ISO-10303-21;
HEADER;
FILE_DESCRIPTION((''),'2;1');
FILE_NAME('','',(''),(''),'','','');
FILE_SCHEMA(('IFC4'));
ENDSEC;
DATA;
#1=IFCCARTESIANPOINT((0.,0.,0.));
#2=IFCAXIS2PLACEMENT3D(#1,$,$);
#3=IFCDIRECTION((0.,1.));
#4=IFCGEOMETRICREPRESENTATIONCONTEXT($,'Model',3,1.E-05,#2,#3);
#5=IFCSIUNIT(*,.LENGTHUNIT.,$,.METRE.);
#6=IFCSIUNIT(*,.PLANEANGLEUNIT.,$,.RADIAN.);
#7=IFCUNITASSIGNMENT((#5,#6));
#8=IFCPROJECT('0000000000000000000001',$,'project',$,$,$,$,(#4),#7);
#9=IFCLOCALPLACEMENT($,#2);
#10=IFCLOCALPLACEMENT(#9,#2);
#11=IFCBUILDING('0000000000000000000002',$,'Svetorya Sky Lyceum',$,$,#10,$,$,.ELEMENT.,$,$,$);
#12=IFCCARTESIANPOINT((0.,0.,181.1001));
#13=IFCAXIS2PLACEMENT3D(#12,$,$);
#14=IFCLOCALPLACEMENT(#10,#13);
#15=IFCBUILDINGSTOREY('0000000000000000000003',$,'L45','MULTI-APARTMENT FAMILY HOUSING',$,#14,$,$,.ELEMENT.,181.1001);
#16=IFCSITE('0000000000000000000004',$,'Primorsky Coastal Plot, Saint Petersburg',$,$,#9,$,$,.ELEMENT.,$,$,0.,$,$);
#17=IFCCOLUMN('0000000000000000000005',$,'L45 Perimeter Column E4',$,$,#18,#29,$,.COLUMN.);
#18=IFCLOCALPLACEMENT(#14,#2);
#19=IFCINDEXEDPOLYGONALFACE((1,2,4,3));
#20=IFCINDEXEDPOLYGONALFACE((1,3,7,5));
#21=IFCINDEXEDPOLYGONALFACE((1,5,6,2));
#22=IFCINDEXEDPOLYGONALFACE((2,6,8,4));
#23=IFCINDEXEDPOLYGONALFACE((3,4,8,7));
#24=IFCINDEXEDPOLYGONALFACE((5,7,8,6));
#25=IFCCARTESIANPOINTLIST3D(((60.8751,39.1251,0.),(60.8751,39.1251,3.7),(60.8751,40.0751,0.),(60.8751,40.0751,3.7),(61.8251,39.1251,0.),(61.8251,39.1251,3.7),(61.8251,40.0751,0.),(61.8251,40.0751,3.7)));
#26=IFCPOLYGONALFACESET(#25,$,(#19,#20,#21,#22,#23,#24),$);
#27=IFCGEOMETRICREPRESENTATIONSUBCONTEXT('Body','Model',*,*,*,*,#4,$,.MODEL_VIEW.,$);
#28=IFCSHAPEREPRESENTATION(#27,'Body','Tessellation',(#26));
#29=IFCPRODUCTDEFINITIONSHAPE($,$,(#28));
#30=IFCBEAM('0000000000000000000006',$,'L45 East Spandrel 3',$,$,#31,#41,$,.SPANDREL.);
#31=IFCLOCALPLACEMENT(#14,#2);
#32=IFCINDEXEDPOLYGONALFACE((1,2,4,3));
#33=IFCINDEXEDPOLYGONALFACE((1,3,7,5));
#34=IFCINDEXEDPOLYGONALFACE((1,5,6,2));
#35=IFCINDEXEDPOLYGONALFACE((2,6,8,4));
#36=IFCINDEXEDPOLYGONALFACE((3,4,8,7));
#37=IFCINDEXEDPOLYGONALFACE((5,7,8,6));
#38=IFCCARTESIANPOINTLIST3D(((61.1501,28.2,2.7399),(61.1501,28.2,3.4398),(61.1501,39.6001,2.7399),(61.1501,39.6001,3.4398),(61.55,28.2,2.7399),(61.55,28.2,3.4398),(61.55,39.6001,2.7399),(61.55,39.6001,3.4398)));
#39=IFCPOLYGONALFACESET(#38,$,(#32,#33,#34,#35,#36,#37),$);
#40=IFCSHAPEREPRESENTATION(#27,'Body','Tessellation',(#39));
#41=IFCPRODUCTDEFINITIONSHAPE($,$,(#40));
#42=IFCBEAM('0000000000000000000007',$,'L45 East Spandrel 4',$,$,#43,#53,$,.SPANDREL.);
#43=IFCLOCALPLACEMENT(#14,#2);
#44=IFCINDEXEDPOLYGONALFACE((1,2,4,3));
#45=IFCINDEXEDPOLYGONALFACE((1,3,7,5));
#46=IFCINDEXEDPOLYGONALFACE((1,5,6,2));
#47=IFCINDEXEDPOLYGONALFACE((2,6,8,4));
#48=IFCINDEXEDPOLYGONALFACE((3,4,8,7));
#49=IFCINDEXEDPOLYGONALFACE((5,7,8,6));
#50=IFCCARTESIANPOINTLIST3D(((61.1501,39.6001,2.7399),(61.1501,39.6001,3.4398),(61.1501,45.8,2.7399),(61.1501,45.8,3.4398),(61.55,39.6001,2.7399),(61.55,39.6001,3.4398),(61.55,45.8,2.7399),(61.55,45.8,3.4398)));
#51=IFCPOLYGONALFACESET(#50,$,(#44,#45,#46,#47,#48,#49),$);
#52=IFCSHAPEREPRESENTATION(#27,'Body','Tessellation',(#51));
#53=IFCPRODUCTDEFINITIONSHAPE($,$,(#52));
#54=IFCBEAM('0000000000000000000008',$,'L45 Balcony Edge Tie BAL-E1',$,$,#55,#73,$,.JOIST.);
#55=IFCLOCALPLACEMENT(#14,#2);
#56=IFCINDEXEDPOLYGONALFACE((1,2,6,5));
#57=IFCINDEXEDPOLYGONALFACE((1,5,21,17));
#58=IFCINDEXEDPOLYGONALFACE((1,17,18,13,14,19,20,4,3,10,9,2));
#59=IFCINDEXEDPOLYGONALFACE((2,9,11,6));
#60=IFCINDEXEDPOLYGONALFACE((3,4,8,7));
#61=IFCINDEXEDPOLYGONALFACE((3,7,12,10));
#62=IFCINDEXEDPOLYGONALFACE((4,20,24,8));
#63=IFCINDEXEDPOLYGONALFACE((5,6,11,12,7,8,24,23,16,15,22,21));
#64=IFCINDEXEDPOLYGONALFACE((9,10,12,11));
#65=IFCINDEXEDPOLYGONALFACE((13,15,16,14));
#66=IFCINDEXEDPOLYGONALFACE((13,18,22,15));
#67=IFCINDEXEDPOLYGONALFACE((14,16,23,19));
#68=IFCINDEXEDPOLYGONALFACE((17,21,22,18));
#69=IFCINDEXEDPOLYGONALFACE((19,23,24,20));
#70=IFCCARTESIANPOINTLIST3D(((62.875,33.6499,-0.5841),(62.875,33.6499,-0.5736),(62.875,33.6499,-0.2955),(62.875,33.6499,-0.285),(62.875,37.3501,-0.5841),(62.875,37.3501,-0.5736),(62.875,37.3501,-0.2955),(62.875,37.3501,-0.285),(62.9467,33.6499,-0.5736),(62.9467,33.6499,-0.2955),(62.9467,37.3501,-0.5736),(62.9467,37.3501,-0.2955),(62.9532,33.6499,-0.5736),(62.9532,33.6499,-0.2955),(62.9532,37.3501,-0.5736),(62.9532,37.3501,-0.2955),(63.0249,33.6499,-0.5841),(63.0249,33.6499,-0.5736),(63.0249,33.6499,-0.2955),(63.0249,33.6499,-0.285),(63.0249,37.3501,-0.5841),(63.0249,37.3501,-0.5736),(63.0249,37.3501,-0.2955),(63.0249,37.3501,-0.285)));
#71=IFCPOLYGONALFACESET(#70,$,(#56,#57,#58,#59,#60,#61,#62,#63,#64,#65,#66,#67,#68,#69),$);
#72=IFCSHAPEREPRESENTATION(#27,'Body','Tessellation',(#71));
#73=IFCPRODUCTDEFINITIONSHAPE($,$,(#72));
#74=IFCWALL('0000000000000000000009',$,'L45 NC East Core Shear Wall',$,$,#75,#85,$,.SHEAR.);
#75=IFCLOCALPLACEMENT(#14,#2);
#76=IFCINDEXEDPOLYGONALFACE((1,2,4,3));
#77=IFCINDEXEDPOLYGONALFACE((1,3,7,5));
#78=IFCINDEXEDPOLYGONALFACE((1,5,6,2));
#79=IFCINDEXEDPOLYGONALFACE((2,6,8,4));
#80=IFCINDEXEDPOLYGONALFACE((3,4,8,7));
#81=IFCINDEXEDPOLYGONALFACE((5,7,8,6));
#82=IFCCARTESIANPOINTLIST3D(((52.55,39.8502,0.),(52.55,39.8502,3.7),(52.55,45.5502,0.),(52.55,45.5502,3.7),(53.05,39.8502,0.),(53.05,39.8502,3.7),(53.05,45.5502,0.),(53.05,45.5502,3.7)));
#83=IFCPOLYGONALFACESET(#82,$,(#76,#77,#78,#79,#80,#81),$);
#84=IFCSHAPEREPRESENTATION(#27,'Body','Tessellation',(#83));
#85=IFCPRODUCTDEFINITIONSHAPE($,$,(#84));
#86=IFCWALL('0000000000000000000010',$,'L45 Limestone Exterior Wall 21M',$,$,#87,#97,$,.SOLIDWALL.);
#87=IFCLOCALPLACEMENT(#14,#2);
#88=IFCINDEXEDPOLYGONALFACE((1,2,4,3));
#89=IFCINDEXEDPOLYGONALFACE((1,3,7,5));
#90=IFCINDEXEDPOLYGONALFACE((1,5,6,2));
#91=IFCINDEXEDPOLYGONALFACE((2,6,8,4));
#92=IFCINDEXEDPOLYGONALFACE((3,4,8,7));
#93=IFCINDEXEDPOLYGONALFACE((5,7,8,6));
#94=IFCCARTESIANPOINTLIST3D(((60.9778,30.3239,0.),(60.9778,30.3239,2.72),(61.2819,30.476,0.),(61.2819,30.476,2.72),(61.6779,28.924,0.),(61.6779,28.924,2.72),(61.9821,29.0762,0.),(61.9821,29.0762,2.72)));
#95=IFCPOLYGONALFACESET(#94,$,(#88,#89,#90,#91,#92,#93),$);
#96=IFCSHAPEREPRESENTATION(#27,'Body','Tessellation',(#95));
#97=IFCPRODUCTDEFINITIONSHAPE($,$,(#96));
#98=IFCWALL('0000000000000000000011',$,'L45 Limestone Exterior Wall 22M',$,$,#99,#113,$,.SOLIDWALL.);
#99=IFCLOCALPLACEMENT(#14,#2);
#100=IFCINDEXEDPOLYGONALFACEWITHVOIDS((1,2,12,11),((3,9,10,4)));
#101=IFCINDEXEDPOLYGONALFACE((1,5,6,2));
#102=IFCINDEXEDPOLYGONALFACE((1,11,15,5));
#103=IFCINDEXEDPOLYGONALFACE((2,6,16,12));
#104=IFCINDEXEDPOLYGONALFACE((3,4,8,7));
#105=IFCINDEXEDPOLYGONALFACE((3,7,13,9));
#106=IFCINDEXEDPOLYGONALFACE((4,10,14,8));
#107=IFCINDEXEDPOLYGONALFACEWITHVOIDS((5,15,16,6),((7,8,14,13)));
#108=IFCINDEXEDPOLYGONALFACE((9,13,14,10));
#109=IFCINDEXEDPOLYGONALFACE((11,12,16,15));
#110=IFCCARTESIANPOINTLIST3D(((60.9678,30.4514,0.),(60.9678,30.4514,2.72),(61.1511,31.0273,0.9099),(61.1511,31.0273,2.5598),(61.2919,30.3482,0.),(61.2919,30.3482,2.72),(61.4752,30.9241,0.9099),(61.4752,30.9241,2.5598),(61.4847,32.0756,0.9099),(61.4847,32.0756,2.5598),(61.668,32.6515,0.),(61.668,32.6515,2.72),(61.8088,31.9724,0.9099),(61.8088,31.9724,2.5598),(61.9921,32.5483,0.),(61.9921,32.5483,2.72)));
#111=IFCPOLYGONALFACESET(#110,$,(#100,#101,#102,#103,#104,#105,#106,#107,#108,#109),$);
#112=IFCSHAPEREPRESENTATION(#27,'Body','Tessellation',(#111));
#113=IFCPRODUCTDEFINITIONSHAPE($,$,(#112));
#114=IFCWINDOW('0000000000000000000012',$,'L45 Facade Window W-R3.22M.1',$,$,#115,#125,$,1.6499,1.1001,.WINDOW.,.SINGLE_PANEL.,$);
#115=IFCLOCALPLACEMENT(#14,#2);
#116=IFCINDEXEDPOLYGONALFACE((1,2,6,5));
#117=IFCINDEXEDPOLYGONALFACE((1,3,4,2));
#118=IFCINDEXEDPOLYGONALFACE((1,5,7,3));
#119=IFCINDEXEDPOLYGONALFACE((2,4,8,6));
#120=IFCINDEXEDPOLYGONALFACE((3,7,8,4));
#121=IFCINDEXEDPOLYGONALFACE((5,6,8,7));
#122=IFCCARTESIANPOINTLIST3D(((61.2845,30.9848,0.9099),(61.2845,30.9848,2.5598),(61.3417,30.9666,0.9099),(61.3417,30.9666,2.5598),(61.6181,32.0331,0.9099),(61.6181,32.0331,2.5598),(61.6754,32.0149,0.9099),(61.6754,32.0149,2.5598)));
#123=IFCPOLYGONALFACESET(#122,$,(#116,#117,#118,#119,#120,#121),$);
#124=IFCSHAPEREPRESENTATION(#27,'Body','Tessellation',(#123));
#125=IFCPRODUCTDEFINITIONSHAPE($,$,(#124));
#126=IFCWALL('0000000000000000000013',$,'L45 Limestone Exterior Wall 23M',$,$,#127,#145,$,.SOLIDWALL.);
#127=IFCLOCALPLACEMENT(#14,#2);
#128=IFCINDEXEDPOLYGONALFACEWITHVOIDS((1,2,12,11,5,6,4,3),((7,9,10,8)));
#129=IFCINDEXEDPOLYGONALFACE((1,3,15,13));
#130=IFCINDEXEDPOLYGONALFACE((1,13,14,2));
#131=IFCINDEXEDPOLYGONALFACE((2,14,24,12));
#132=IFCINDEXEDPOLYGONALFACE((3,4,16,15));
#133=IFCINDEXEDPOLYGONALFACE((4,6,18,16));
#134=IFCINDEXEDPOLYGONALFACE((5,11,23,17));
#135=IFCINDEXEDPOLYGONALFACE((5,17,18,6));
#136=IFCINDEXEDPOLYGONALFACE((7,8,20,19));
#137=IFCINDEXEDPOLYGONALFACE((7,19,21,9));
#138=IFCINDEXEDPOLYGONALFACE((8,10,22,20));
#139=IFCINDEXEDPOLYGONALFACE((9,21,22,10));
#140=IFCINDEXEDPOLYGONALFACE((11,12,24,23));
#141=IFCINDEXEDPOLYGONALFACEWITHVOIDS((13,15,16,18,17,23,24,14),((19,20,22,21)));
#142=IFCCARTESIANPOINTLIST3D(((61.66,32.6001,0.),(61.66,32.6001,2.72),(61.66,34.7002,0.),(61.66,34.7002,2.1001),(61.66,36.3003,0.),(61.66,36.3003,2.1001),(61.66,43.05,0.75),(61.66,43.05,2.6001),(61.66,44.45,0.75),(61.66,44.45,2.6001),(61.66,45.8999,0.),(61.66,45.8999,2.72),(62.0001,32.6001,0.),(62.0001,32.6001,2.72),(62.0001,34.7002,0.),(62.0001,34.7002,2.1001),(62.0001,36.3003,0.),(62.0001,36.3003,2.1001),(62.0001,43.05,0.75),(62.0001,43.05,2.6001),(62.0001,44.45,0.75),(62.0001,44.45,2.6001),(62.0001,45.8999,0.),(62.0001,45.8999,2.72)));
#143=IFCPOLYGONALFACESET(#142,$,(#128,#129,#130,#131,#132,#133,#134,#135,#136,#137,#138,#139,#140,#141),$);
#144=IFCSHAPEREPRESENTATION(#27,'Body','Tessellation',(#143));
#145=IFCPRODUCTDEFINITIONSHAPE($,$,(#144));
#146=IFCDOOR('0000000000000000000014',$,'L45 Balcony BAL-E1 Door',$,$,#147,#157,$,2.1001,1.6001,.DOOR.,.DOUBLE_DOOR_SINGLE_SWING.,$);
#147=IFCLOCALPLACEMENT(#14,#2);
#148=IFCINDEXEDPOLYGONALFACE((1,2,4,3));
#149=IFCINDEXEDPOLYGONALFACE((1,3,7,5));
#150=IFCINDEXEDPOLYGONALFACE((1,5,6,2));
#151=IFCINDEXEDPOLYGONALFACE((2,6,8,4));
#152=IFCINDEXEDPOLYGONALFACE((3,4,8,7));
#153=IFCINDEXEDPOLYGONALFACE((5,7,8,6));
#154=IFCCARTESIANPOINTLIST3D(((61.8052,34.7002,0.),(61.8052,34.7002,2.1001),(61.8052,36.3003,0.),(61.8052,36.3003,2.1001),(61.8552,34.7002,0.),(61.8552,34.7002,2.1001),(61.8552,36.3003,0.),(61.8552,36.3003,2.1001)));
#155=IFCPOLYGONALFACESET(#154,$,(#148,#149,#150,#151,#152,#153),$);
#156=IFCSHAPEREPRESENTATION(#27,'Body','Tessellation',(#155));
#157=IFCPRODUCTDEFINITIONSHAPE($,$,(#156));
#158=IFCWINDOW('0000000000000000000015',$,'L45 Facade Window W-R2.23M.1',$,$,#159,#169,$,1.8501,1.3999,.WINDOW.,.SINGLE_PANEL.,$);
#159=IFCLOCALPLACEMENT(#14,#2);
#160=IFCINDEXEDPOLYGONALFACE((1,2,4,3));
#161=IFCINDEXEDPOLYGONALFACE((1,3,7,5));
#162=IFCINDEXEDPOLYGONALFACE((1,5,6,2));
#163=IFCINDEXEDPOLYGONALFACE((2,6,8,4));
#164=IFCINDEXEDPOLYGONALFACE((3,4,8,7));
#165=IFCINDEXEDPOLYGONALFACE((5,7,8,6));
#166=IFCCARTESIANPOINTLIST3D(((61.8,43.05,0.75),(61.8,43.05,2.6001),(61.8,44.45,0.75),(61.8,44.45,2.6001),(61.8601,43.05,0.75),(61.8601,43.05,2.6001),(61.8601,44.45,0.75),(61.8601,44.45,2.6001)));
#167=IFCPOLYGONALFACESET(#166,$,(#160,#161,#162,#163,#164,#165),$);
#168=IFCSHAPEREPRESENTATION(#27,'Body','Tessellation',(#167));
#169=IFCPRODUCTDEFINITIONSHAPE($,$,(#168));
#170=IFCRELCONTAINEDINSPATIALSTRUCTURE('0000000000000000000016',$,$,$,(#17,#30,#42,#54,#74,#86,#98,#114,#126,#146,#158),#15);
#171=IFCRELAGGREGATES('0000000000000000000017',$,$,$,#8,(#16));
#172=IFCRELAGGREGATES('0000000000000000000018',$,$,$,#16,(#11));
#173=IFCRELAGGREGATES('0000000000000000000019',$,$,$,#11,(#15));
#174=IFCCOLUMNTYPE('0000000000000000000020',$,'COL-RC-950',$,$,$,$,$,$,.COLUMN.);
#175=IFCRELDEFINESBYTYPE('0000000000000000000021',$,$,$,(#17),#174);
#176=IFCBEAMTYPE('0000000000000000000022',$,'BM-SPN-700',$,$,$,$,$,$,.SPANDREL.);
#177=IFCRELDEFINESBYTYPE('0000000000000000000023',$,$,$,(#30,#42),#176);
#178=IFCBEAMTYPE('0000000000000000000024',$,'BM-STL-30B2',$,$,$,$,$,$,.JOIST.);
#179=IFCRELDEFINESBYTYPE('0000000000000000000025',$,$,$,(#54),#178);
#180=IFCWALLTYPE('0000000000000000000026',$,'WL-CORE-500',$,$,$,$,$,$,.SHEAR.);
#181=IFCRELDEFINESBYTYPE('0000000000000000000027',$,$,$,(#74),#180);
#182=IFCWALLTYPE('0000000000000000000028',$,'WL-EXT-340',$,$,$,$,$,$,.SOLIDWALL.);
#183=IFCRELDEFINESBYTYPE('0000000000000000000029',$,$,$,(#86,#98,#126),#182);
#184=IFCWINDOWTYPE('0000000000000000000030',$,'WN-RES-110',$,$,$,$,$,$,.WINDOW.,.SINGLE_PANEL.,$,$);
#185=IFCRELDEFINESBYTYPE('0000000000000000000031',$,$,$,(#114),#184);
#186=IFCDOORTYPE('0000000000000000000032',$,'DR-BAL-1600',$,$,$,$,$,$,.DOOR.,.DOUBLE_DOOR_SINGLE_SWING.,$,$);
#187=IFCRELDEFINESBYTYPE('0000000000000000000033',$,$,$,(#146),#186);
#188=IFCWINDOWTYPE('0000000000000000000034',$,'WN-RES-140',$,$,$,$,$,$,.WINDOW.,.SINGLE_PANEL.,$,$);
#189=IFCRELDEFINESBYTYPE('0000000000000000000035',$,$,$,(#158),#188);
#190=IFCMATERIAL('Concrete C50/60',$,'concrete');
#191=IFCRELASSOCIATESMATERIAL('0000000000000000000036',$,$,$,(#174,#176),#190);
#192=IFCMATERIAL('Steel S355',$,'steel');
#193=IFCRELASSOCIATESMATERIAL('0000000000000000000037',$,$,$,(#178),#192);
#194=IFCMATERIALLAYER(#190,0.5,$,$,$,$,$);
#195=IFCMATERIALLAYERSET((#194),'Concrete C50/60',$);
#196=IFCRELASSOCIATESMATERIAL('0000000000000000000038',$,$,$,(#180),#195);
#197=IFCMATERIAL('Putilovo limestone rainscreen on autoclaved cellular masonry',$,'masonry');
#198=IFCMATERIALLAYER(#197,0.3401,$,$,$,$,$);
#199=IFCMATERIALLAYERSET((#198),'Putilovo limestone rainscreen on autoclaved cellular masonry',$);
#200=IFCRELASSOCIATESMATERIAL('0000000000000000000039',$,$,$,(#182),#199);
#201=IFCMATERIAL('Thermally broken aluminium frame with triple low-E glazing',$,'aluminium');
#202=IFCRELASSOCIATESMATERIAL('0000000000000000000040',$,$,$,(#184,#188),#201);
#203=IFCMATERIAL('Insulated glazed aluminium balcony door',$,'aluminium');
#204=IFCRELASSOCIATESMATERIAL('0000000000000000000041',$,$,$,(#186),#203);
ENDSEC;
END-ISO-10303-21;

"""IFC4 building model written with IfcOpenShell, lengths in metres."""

from ifc_helpers import new_model, si_unit, direction, frame, frame_2d, origin, origin_2d, place, context, subcontext, project, spatial, rectangle, i_section, extrude, material, layer, layer_set, material_profile, profile_set, type_object, element, fill, save


model = new_model("IFC4")

# Units and contexts
model_context = context("Model", 3, precision=1e-05, world=origin(), true_north=direction((0.0, 1.0)))
body_context = subcontext(model_context, "Body", "Model", "MODEL_VIEW")
ifc_project = project(units=[si_unit("LENGTHUNIT", "METRE"), si_unit("PLANEANGLEUNIT", "RADIAN")], contexts=[model_context])

# Site, building, storey
site_placement = place(None, origin())
site = spatial("IfcSite", under=ifc_project, at=site_placement, Name="Primorsky Coastal Plot, Saint Petersburg", CompositionType="ELEMENT", RefElevation=0.0)
building_placement = place(site_placement, origin())
building = spatial("IfcBuilding", under=site, at=building_placement, Name="Svetorya Sky Lyceum", CompositionType="ELEMENT")
storey_placement = place(building_placement, frame((0.0, 0.0, 181.1001)))
storey = spatial("IfcBuildingStorey", under=building, at=storey_placement, Name="L45", Description="MULTI-APARTMENT FAMILY HOUSING", CompositionType="ELEMENT", Elevation=181.1001)

# Column
ifc_material_1 = material(Name="Concrete C50/60", Category="concrete")
ifc_material_profile_1 = material_profile(ifc_material_1, rectangle(XDim=0.95, YDim=0.95, at=origin_2d()), Name="RC COL 950x950")
ifc_profile_set_1 = profile_set([ifc_material_profile_1], Name="Concrete C50/60")
column_type = type_object("IfcColumnType", Name="COL-RC-950", PredefinedType="COLUMN", material=ifc_profile_set_1)
column_placement = place(storey_placement, frame((61.3501, 39.6001, 0.0), z_axis=(0.0, 0.0, 1.0), x_axis=(1.0, 0.0, 0.0)))
element("IfcColumn", 1, at=column_placement, inside=storey, type_object=column_type, Name="L45 Perimeter Column E4", PredefinedType="COLUMN", context=body_context, shape_type="SweptSolid", body=[
    extrude(rectangle(XDim=0.95, YDim=0.95, at=origin_2d()), origin(), (0.0, 0.0, 1.0), 3.7),
])

# Beams
ifc_material_profile_2 = material_profile(ifc_material_1, rectangle(XDim=0.3999, YDim=0.7, at=origin_2d()), Name="RC SPANDREL 400x700")
ifc_profile_set_2 = profile_set([ifc_material_profile_2], Name="Concrete C50/60")
beam_type_1 = type_object("IfcBeamType", Name="BM-SPN-700", PredefinedType="SPANDREL", material=ifc_profile_set_2)
beam_1_placement = place(storey_placement, frame((61.3501, 28.2, 3.0898), z_axis=(0.0, 1.0, 0.0), x_axis=(-1.0, 0.0, 0.0)))
element("IfcBeam", 2, at=beam_1_placement, inside=storey, type_object=beam_type_1, Name="L45 East Spandrel 3", PredefinedType="SPANDREL", context=body_context, shape_type="SweptSolid", body=[
    extrude(rectangle(XDim=0.3999, YDim=0.7, at=origin_2d()), origin(), (0.0, 0.0, 1.0), 11.4001),
])
beam_2_placement = place(storey_placement, frame((61.3501, 39.6001, 3.0898), z_axis=(0.0, 1.0, 0.0), x_axis=(-1.0, 0.0, 0.0)))
element("IfcBeam", 3, at=beam_2_placement, inside=storey, type_object=beam_type_1, Name="L45 East Spandrel 4", PredefinedType="SPANDREL", context=body_context, shape_type="SweptSolid", body=[
    extrude(rectangle(XDim=0.3999, YDim=0.7, at=origin_2d()), origin(), (0.0, 0.0, 1.0), 6.2),
])
ifc_material_2 = material(Name="Steel S355", Category="steel")
ifc_material_profile_3 = material_profile(ifc_material_2, i_section(OverallWidth=0.1499, OverallDepth=0.2991, WebThickness=0.0066, FlangeThickness=0.0105, at=origin_2d()), Name="GOST 30B2")
ifc_profile_set_3 = profile_set([ifc_material_profile_3], Name="Steel S355")
beam_type_2 = type_object("IfcBeamType", Name="BM-STL-30B2", PredefinedType="JOIST", material=ifc_profile_set_3)
beam_3_placement = place(storey_placement, frame((62.95, 33.6499, -0.4346), z_axis=(0.0, 1.0, 0.0), x_axis=(-1.0, 0.0, 0.0)))
element("IfcBeam", 4, at=beam_3_placement, inside=storey, type_object=beam_type_2, Name="L45 Balcony Edge Tie BAL-E1", PredefinedType="JOIST", context=body_context, shape_type="SweptSolid", body=[
    extrude(i_section(OverallWidth=0.1499, OverallDepth=0.2991, WebThickness=0.0066, FlangeThickness=0.0105, at=origin_2d()), origin(), (0.0, 0.0, 1.0), 3.7002),
])

# Walls
ifc_layer_1 = layer(ifc_material_1, 0.5)
ifc_layer_set_1 = layer_set([ifc_layer_1], Name="Concrete C50/60")
wall_type_1 = type_object("IfcWallType", Name="WL-CORE-500", PredefinedType="SHEAR", material=ifc_layer_set_1)
wall_1_placement = place(storey_placement, frame((52.8, 39.8501, 0.0), z_axis=(0.0, 0.0, 1.0), x_axis=(0.0, 1.0, 0.0)))
element("IfcWall", 5, at=wall_1_placement, inside=storey, type_object=wall_type_1, Name="L45 NC East Core Shear Wall", PredefinedType="SHEAR", context=body_context, shape_type="SweptSolid", body=[
    extrude(rectangle(XDim=5.7, YDim=0.5, at=frame_2d((2.8501, 0.0))), origin(), (0.0, 0.0, 1.0), 3.7),
])
ifc_material_3 = material(Name="Putilovo limestone rainscreen on autoclaved cellular masonry", Category="masonry")
ifc_layer_2 = layer(ifc_material_3, 0.3401)
ifc_layer_set_2 = layer_set([ifc_layer_2], Name="Putilovo limestone rainscreen on autoclaved cellular masonry")
wall_type_2 = type_object("IfcWallType", Name="WL-EXT-340", PredefinedType="SOLIDWALL", material=ifc_layer_set_2)
wall_2_placement = place(storey_placement, frame((61.8301, 29.0, 0.0), z_axis=(0.0, 0.0, 1.0), x_axis=(-0.447338, 0.894365, 0.0)))
element("IfcWall", 6, at=wall_2_placement, inside=storey, type_object=wall_type_2, Name="L45 Limestone Exterior Wall 21M", PredefinedType="SOLIDWALL", context=body_context, shape_type="SweptSolid", body=[
    extrude(rectangle(XDim=1.5652, YDim=0.3401, at=frame_2d((0.7827, 0.0))), origin(), (0.0, 0.0, 1.0), 2.72),
])

# Wall, opening, window
wall_3_placement = place(storey_placement, frame((61.1299, 30.3999, 0.0), z_axis=(0.0, 0.0, 1.0), x_axis=(0.303256, 0.952909, 0.0)))
wall_3 = element("IfcWall", 7, at=wall_3_placement, inside=storey, type_object=wall_type_2, Name="L45 Limestone Exterior Wall 22M", PredefinedType="SOLIDWALL", context=body_context, shape_type="SweptSolid", body=[
    extrude(rectangle(XDim=2.3088, YDim=0.3401, at=frame_2d((1.1543, 0.0))), origin(), (0.0, 0.0, 1.0), 2.72),
])
opening_1_placement = place(wall_3_placement, frame((0.6042, 0.0, 0.9099)))
opening_1 = element("IfcOpeningElement", 8, at=opening_1_placement, cuts=wall_3, PredefinedType="OPENING", context=body_context, shape_type="SweptSolid", body=[
    extrude(rectangle(XDim=1.1001, YDim=1.6499, at=frame_2d((0.55, 0.825))), frame((0.0, 0.1799, 0.0), z_axis=(0.0, -1.0, 0.0), x_axis=(1.0, 0.0, 0.0)), (0.0, 0.0, 1.0), 0.3601),
])
ifc_material_4 = material(Name="Thermally broken aluminium frame with triple low-E glazing", Category="aluminium")
window_type_1 = type_object("IfcWindowType", Name="WN-RES-110", PartitioningType="SINGLE_PANEL", PredefinedType="WINDOW", material=ifc_material_4)
window_1_placement = place(opening_1_placement, origin())
window_1 = element("IfcWindow", 9, at=window_1_placement, inside=storey, type_object=window_type_1, Name="L45 Facade Window W-R3.22M.1", OverallHeight=1.6499, OverallWidth=1.1001, PartitioningType="SINGLE_PANEL", PredefinedType="WINDOW", context=body_context, shape_type="SweptSolid", body=[
    extrude(rectangle(XDim=1.1001, YDim=1.6499, at=frame_2d((0.55, 0.825))), frame((0.0, 0.03, 0.0), z_axis=(0.0, -1.0, 0.0), x_axis=(1.0, 0.0, 0.0)), (0.0, 0.0, 1.0), 0.0601),
])
fill(opening_1, window_1)

# Wall, openings, door, window
wall_4_placement = place(storey_placement, frame((61.8301, 32.6001, 0.0), z_axis=(0.0, 0.0, 1.0), x_axis=(0.0, 1.0, 0.0)))
wall_4 = element("IfcWall", 10, at=wall_4_placement, inside=storey, type_object=wall_type_2, Name="L45 Limestone Exterior Wall 23M", PredefinedType="SOLIDWALL", context=body_context, shape_type="SweptSolid", body=[
    extrude(rectangle(XDim=13.2998, YDim=0.3401, at=frame_2d((6.6499, 0.0))), origin(), (0.0, 0.0, 1.0), 2.72),
])
opening_2_placement = place(wall_4_placement, frame((2.1001, 0.0, 0.0)))
opening_2 = element("IfcOpeningElement", 11, at=opening_2_placement, cuts=wall_4, PredefinedType="OPENING", context=body_context, shape_type="SweptSolid", body=[
    extrude(rectangle(XDim=1.6001, YDim=2.1001, at=frame_2d((0.8, 1.05))), frame((0.0, 0.1799, 0.0), z_axis=(0.0, -1.0, 0.0), x_axis=(1.0, 0.0, 0.0)), (0.0, 0.0, 1.0), 0.3601),
])
opening_3_placement = place(wall_4_placement, frame((10.45, 0.0, 0.75)))
opening_3 = element("IfcOpeningElement", 12, at=opening_3_placement, cuts=wall_4, PredefinedType="OPENING", context=body_context, shape_type="SweptSolid", body=[
    extrude(rectangle(XDim=1.3999, YDim=1.8501, at=frame_2d((0.7, 0.925))), frame((0.0, 0.1799, 0.0), z_axis=(0.0, -1.0, 0.0), x_axis=(1.0, 0.0, 0.0)), (0.0, 0.0, 1.0), 0.3601),
])
ifc_material_5 = material(Name="Insulated glazed aluminium balcony door", Category="aluminium")
door_type_1 = type_object("IfcDoorType", Name="DR-BAL-1600", OperationType="DOUBLE_DOOR_SINGLE_SWING", PredefinedType="DOOR", material=ifc_material_5)
door_1_placement = place(opening_2_placement, origin())
door_1 = element("IfcDoor", 13, at=door_1_placement, inside=storey, type_object=door_type_1, Name="L45 Balcony BAL-E1 Door", OperationType="DOUBLE_DOOR_SINGLE_SWING", OverallHeight=2.1001, OverallWidth=1.6001, PredefinedType="DOOR", context=body_context, shape_type="SweptSolid", body=[
    extrude(rectangle(XDim=1.6001, YDim=2.1001, at=frame_2d((0.8, 1.05))), frame((0.0, 0.0249, 0.0), z_axis=(0.0, -1.0, 0.0), x_axis=(1.0, 0.0, 0.0)), (0.0, 0.0, 1.0), 0.05),
])
fill(opening_2, door_1)
window_type_2 = type_object("IfcWindowType", Name="WN-RES-140", PartitioningType="SINGLE_PANEL", PredefinedType="WINDOW", material=ifc_material_4)
window_2_placement = place(opening_3_placement, origin())
window_2 = element("IfcWindow", 14, at=window_2_placement, inside=storey, type_object=window_type_2, Name="L45 Facade Window W-R2.23M.1", OverallHeight=1.8501, OverallWidth=1.3999, PartitioningType="SINGLE_PANEL", PredefinedType="WINDOW", context=body_context, shape_type="SweptSolid", body=[
    extrude(rectangle(XDim=1.3999, YDim=1.8501, at=frame_2d((0.7, 0.925))), frame((0.0, 0.03, 0.0), z_axis=(0.0, -1.0, 0.0), x_axis=(1.0, 0.0, 0.0)), (0.0, 0.0, 1.0), 0.0601),
])
fill(opening_3, window_2)

save(model, "model.ifc")
